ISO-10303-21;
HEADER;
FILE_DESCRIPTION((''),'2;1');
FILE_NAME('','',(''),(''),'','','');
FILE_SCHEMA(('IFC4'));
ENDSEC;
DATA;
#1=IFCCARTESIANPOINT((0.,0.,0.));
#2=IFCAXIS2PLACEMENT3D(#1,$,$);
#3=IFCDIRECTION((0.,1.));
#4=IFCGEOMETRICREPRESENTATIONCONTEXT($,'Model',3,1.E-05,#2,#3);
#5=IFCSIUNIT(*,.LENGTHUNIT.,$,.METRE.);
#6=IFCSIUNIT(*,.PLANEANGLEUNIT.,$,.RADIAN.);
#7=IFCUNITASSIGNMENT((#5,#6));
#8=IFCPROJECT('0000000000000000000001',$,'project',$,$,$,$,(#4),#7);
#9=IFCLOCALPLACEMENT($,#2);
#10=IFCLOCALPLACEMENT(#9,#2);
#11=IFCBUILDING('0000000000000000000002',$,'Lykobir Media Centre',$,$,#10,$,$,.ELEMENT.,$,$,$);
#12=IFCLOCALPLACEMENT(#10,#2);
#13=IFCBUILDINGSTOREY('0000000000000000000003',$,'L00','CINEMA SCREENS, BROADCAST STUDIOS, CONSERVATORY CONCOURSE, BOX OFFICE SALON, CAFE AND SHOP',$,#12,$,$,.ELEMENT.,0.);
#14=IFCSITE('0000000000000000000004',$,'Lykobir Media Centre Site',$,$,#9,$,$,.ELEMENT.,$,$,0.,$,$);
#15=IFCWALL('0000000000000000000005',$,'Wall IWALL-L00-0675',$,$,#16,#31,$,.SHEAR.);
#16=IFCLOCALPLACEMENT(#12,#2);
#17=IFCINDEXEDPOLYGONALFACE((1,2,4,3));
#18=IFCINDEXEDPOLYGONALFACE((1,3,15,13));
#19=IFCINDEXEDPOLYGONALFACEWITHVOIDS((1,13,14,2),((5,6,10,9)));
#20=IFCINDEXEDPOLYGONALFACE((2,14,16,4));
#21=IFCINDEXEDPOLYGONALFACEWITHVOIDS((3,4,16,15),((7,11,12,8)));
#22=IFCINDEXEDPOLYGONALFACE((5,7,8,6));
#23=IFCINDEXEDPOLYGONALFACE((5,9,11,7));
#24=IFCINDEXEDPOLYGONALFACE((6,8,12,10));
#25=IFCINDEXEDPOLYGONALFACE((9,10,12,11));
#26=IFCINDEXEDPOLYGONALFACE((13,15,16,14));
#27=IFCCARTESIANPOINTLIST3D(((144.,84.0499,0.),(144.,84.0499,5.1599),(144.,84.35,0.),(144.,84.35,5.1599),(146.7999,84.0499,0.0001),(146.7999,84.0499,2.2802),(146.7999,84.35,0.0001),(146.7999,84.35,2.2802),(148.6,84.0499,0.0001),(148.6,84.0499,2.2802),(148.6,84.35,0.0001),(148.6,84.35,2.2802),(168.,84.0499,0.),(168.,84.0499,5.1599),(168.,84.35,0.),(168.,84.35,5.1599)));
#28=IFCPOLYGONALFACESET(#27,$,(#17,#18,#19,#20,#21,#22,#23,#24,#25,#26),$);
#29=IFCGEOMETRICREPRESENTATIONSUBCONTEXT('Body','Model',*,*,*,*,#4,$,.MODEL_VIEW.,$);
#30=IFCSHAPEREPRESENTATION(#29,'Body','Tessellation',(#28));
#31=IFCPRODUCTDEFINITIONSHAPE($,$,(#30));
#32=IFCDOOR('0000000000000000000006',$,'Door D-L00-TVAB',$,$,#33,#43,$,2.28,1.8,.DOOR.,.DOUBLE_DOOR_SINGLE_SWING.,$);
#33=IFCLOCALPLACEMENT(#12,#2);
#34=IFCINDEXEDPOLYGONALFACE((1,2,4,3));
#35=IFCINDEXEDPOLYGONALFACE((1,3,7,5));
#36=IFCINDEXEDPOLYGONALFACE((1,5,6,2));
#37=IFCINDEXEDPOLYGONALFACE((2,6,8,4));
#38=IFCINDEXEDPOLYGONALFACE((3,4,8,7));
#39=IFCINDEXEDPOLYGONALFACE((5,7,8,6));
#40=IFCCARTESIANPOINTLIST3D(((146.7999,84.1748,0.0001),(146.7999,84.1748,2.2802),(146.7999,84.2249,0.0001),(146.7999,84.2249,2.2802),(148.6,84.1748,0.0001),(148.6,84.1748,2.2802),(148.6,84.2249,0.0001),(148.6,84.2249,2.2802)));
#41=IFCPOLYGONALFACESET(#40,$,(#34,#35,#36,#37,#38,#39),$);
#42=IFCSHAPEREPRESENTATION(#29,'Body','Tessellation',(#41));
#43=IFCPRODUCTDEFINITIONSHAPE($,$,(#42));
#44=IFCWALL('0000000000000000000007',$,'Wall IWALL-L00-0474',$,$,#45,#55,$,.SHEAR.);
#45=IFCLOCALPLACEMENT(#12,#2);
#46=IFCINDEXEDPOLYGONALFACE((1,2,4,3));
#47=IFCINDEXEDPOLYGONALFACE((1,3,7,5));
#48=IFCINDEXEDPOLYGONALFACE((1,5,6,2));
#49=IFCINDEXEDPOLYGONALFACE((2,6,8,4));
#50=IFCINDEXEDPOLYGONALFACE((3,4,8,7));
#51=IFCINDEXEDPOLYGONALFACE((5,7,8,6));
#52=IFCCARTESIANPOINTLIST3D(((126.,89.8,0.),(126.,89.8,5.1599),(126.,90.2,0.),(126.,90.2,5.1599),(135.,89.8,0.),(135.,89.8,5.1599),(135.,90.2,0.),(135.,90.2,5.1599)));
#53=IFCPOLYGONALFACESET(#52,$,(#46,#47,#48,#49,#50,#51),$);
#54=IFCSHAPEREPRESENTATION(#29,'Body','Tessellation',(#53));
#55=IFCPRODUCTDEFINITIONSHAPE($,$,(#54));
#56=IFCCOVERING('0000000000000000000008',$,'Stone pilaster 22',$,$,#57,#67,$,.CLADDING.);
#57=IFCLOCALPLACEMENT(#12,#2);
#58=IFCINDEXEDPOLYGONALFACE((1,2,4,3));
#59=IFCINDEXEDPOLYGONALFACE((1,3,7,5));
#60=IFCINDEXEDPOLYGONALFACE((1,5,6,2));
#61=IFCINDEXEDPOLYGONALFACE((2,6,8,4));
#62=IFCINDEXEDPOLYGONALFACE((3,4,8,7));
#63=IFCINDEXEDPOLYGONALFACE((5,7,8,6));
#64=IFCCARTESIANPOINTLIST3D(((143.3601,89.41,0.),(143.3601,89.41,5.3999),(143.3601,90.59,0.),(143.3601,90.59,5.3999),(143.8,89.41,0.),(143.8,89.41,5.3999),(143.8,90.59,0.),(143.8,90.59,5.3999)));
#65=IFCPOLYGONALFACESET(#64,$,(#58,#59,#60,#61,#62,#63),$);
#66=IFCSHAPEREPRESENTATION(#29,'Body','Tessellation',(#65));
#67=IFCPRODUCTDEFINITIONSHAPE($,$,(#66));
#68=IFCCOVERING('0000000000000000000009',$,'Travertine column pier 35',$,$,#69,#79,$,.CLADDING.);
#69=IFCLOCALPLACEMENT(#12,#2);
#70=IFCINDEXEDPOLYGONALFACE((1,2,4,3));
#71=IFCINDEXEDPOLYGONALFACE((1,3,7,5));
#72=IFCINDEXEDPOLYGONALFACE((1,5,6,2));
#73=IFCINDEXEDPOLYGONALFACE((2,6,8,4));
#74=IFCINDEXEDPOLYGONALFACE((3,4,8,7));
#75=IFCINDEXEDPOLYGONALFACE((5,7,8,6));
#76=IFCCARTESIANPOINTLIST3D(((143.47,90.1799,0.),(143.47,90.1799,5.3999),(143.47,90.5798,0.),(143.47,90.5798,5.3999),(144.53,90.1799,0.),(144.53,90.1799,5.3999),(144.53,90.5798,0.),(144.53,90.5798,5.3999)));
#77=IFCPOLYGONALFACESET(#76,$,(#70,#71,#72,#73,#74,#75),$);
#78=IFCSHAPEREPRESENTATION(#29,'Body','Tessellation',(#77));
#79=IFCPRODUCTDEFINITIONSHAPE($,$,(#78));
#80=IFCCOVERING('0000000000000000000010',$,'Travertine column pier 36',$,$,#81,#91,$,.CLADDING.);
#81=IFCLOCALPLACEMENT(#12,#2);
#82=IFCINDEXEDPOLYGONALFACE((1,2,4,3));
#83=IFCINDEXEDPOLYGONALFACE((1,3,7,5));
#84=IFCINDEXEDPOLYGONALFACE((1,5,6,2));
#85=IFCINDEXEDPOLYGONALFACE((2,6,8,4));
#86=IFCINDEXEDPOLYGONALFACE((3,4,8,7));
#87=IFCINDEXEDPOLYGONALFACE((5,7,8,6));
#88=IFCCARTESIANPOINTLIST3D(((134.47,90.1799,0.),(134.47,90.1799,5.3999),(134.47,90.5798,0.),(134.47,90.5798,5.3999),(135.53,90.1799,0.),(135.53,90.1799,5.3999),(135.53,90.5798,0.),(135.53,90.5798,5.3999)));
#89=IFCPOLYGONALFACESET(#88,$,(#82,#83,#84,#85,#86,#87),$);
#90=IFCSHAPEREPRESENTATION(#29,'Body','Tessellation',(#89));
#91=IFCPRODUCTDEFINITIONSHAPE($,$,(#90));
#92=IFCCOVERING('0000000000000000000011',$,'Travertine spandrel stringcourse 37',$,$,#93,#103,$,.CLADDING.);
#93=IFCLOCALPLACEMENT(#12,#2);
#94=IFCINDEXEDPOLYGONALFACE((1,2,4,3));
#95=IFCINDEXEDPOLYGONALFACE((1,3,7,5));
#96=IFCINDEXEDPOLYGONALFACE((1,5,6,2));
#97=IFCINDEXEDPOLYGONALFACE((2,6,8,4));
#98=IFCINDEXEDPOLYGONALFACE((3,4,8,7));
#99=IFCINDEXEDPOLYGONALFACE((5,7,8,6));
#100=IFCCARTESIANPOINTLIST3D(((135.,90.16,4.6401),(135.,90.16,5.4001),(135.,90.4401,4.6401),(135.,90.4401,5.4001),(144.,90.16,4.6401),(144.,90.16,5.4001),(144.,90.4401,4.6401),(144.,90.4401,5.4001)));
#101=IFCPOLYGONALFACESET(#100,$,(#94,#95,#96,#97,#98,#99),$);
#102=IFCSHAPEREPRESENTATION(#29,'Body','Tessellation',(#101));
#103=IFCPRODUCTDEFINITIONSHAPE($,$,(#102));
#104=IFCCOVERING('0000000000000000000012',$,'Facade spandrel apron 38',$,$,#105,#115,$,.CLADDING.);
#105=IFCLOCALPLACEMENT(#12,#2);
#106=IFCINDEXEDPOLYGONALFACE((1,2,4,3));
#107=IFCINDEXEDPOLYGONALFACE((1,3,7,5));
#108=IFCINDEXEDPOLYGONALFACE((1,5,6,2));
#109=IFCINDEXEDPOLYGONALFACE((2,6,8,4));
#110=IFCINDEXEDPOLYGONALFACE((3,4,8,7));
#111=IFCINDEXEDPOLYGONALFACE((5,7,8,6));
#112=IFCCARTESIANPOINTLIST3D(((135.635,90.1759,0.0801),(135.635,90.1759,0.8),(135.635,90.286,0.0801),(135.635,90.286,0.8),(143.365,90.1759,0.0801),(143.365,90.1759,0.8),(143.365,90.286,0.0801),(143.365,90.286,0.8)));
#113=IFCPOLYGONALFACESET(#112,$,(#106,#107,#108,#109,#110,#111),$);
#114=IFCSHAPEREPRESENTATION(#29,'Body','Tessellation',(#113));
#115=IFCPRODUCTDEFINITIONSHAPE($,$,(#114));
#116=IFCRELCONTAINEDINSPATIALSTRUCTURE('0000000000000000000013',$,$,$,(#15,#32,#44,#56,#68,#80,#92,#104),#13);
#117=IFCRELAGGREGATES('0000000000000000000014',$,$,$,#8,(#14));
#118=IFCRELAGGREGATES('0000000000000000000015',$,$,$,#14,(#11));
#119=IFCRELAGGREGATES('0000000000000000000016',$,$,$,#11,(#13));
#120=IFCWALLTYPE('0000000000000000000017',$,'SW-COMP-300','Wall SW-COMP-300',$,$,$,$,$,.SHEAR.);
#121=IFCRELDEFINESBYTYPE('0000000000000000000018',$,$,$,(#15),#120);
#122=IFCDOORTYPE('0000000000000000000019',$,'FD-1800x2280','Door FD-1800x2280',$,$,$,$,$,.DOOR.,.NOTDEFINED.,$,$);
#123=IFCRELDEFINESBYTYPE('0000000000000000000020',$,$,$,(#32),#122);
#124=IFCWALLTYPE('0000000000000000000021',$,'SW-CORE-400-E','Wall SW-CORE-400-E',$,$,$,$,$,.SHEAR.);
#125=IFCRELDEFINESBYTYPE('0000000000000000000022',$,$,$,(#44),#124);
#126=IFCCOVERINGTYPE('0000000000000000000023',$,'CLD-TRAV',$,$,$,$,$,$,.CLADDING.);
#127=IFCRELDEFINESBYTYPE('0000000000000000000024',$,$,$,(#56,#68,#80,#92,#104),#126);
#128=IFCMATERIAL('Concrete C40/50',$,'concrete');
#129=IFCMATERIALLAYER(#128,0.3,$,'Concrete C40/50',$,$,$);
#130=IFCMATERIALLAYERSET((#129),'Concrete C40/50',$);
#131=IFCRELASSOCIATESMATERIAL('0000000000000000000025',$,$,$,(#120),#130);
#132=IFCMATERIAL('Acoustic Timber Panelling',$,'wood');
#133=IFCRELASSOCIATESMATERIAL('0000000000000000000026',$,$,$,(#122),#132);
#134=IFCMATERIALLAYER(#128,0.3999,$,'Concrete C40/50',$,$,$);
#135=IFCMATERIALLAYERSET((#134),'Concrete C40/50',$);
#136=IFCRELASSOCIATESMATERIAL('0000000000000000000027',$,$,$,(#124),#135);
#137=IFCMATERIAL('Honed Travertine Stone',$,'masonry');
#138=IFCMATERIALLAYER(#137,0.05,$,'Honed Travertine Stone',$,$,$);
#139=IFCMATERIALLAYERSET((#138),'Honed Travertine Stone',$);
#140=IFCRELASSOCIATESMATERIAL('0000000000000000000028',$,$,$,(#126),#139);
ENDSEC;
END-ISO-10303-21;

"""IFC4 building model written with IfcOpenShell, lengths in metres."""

from ifc_helpers import new_model, si_unit, direction, frame, frame_2d, origin, origin_2d, place, context, subcontext, project, spatial, rectangle, extrude, material, layer, layer_set, type_object, element, fill, save


model = new_model("IFC4")

# Units and contexts
model_context = context("Model", 3, precision=1e-05, world=origin(), true_north=direction((0.0, 1.0)))
body_context = subcontext(model_context, "Body", "Model", "MODEL_VIEW")
ifc_project = project(units=[si_unit("LENGTHUNIT", "METRE"), si_unit("PLANEANGLEUNIT", "RADIAN")], contexts=[model_context])

# Site, building, storey
site_placement = place(None, origin())
site = spatial("IfcSite", under=ifc_project, at=site_placement, Name="Lykobir Media Centre Site", CompositionType="ELEMENT", RefElevation=0.0)
building_placement = place(site_placement, origin())
building = spatial("IfcBuilding", under=site, at=building_placement, Name="Lykobir Media Centre", CompositionType="ELEMENT")
storey_placement = place(building_placement, origin())
storey = spatial("IfcBuildingStorey", under=building, at=storey_placement, Name="L00", Description="CINEMA SCREENS, BROADCAST STUDIOS, CONSERVATORY CONCOURSE, BOX OFFICE SALON, CAFE AND SHOP", CompositionType="ELEMENT", Elevation=0.0)

# Shared definitions
ifc_material_1 = material(Name="Concrete C40/50", Category="concrete")

# Shared definitions
ifc_material_2 = material(Name="Honed Travertine Stone", Category="masonry")

# Wall, opening, door
ifc_layer_1 = layer(ifc_material_1, 0.3, Name="Concrete C40/50")
ifc_layer_set_1 = layer_set([ifc_layer_1], Name="Concrete C40/50")
wall_type_1 = type_object("IfcWallType", Name="SW-COMP-300", Description="Wall SW-COMP-300", PredefinedType="SHEAR", material=ifc_layer_set_1)
wall_1_placement = place(storey_placement, frame((144.0, 84.2, 0.0), z_axis=(0.0, 0.0, 1.0), x_axis=(1.0, 0.0, 0.0)))
wall_1 = element("IfcWall", 1, at=wall_1_placement, inside=storey, type_object=wall_type_1, Name="Wall IWALL-L00-0675", PredefinedType="SHEAR", context=body_context, shape_type="SweptSolid", body=[
    extrude(rectangle(XDim=24.0, YDim=0.3, at=frame_2d((12.0, 0.0))), origin(), (0.0, 0.0, 1.0), 5.1599),
])
opening_1_placement = place(wall_1_placement, frame((2.8, 0.0, 0.0)))
opening_1 = element("IfcOpeningElement", 2, at=opening_1_placement, cuts=wall_1, PredefinedType="OPENING", context=body_context, shape_type="SweptSolid", body=[
    extrude(rectangle(XDim=1.8, YDim=2.28, at=frame_2d((0.8999, 1.1401))), frame((0.0, 0.1599, 0.0), z_axis=(0.0, -1.0, 0.0), x_axis=(1.0, 0.0, 0.0)), (0.0, 0.0, 1.0), 0.3201),
])
ifc_material_3 = material(Name="Acoustic Timber Panelling", Category="wood")
door_type = type_object("IfcDoorType", Name="FD-1800x2280", Description="Door FD-1800x2280", OperationType="NOTDEFINED", PredefinedType="DOOR", material=ifc_material_3)
door_placement = place(opening_1_placement, origin())
door = element("IfcDoor", 3, at=door_placement, inside=storey, type_object=door_type, Name="Door D-L00-TVAB", OperationType="DOUBLE_DOOR_SINGLE_SWING", OverallHeight=2.28, OverallWidth=1.8, PredefinedType="DOOR", context=body_context, shape_type="SweptSolid", body=[
    extrude(rectangle(XDim=1.8, YDim=2.28, at=frame_2d((0.8999, 1.1401))), frame((0.0, 0.0249, 0.0), z_axis=(0.0, -1.0, 0.0), x_axis=(1.0, 0.0, 0.0)), (0.0, 0.0, 1.0), 0.05),
])
fill(opening_1, door)

# Wall
ifc_layer_2 = layer(ifc_material_1, 0.3999, Name="Concrete C40/50")
ifc_layer_set_2 = layer_set([ifc_layer_2], Name="Concrete C40/50")
wall_type_2 = type_object("IfcWallType", Name="SW-CORE-400-E", Description="Wall SW-CORE-400-E", PredefinedType="SHEAR", material=ifc_layer_set_2)
wall_2_placement = place(storey_placement, frame((135.0, 90.0, 0.0), z_axis=(0.0, 0.0, 1.0), x_axis=(-1.0, 0.0, 0.0)))
element("IfcWall", 4, at=wall_2_placement, inside=storey, type_object=wall_type_2, Name="Wall IWALL-L00-0474", PredefinedType="SHEAR", context=body_context, shape_type="SweptSolid", body=[
    extrude(rectangle(XDim=9.0, YDim=0.3999, at=frame_2d((4.5, 0.0))), origin(), (0.0, 0.0, 1.0), 5.1599),
])

# Coverings
ifc_layer_3 = layer(ifc_material_2, 0.05, Name="Honed Travertine Stone")
ifc_layer_set_3 = layer_set([ifc_layer_3], Name="Honed Travertine Stone")
covering_type = type_object("IfcCoveringType", Name="CLD-TRAV", PredefinedType="CLADDING", material=ifc_layer_set_3)
covering_1_placement = place(storey_placement, frame((143.5801, 90.0, 0.0), z_axis=(0.0, 0.0, 1.0), x_axis=(0.0, -1.0, 0.0)))
element("IfcCovering", 5, at=covering_1_placement, inside=storey, type_object=covering_type, Name="Stone pilaster 22", PredefinedType="CLADDING", context=body_context, shape_type="SweptSolid", body=[
    extrude(rectangle(XDim=1.1799, YDim=0.4399, at=origin_2d()), origin(), (0.0, 0.0, 1.0), 5.3999),
])
for number, where, z_axis, x_axis, name in (
    (6, (144.0, 90.3799, 0.0), (0.0, 0.0, 1.0), (-1.0, 0.0, 0.0), "Travertine column pier 35"),
    (7, (135.0, 90.3799, 0.0), (0.0, 0.0, 1.0), (-1.0, 0.0, 0.0), "Travertine column pier 36"),
):
    element("IfcCovering", number, at=place(storey_placement, frame(where, z_axis=z_axis, x_axis=x_axis)), inside=storey, type_object=covering_type, Name=name, PredefinedType="CLADDING", context=body_context, shape_type="SweptSolid", body=[
        extrude(rectangle(XDim=1.0601, YDim=0.3999, at=origin_2d()), origin(), (0.0, 0.0, 1.0), 5.3999),
    ])
covering_2_placement = place(storey_placement, frame((139.5, 90.3, 4.6401), z_axis=(0.0, 0.0, 1.0), x_axis=(-1.0, 0.0, 0.0)))
element("IfcCovering", 8, at=covering_2_placement, inside=storey, type_object=covering_type, Name="Travertine spandrel stringcourse 37", PredefinedType="CLADDING", context=body_context, shape_type="SweptSolid", body=[
    extrude(rectangle(XDim=9.0, YDim=0.28, at=origin_2d()), origin(), (0.0, 0.0, 1.0), 0.76),
])
covering_3_placement = place(storey_placement, frame((139.5, 90.231, 0.0801), z_axis=(0.0, 0.0, 1.0), x_axis=(-1.0, 0.0, 0.0)))
element("IfcCovering", 9, at=covering_3_placement, inside=storey, type_object=covering_type, Name="Facade spandrel apron 38", PredefinedType="CLADDING", context=body_context, shape_type="SweptSolid", body=[
    extrude(rectangle(XDim=7.73, YDim=0.1101, at=origin_2d()), origin(), (0.0, 0.0, 1.0), 0.72),
])

save(model, "model.ifc")
